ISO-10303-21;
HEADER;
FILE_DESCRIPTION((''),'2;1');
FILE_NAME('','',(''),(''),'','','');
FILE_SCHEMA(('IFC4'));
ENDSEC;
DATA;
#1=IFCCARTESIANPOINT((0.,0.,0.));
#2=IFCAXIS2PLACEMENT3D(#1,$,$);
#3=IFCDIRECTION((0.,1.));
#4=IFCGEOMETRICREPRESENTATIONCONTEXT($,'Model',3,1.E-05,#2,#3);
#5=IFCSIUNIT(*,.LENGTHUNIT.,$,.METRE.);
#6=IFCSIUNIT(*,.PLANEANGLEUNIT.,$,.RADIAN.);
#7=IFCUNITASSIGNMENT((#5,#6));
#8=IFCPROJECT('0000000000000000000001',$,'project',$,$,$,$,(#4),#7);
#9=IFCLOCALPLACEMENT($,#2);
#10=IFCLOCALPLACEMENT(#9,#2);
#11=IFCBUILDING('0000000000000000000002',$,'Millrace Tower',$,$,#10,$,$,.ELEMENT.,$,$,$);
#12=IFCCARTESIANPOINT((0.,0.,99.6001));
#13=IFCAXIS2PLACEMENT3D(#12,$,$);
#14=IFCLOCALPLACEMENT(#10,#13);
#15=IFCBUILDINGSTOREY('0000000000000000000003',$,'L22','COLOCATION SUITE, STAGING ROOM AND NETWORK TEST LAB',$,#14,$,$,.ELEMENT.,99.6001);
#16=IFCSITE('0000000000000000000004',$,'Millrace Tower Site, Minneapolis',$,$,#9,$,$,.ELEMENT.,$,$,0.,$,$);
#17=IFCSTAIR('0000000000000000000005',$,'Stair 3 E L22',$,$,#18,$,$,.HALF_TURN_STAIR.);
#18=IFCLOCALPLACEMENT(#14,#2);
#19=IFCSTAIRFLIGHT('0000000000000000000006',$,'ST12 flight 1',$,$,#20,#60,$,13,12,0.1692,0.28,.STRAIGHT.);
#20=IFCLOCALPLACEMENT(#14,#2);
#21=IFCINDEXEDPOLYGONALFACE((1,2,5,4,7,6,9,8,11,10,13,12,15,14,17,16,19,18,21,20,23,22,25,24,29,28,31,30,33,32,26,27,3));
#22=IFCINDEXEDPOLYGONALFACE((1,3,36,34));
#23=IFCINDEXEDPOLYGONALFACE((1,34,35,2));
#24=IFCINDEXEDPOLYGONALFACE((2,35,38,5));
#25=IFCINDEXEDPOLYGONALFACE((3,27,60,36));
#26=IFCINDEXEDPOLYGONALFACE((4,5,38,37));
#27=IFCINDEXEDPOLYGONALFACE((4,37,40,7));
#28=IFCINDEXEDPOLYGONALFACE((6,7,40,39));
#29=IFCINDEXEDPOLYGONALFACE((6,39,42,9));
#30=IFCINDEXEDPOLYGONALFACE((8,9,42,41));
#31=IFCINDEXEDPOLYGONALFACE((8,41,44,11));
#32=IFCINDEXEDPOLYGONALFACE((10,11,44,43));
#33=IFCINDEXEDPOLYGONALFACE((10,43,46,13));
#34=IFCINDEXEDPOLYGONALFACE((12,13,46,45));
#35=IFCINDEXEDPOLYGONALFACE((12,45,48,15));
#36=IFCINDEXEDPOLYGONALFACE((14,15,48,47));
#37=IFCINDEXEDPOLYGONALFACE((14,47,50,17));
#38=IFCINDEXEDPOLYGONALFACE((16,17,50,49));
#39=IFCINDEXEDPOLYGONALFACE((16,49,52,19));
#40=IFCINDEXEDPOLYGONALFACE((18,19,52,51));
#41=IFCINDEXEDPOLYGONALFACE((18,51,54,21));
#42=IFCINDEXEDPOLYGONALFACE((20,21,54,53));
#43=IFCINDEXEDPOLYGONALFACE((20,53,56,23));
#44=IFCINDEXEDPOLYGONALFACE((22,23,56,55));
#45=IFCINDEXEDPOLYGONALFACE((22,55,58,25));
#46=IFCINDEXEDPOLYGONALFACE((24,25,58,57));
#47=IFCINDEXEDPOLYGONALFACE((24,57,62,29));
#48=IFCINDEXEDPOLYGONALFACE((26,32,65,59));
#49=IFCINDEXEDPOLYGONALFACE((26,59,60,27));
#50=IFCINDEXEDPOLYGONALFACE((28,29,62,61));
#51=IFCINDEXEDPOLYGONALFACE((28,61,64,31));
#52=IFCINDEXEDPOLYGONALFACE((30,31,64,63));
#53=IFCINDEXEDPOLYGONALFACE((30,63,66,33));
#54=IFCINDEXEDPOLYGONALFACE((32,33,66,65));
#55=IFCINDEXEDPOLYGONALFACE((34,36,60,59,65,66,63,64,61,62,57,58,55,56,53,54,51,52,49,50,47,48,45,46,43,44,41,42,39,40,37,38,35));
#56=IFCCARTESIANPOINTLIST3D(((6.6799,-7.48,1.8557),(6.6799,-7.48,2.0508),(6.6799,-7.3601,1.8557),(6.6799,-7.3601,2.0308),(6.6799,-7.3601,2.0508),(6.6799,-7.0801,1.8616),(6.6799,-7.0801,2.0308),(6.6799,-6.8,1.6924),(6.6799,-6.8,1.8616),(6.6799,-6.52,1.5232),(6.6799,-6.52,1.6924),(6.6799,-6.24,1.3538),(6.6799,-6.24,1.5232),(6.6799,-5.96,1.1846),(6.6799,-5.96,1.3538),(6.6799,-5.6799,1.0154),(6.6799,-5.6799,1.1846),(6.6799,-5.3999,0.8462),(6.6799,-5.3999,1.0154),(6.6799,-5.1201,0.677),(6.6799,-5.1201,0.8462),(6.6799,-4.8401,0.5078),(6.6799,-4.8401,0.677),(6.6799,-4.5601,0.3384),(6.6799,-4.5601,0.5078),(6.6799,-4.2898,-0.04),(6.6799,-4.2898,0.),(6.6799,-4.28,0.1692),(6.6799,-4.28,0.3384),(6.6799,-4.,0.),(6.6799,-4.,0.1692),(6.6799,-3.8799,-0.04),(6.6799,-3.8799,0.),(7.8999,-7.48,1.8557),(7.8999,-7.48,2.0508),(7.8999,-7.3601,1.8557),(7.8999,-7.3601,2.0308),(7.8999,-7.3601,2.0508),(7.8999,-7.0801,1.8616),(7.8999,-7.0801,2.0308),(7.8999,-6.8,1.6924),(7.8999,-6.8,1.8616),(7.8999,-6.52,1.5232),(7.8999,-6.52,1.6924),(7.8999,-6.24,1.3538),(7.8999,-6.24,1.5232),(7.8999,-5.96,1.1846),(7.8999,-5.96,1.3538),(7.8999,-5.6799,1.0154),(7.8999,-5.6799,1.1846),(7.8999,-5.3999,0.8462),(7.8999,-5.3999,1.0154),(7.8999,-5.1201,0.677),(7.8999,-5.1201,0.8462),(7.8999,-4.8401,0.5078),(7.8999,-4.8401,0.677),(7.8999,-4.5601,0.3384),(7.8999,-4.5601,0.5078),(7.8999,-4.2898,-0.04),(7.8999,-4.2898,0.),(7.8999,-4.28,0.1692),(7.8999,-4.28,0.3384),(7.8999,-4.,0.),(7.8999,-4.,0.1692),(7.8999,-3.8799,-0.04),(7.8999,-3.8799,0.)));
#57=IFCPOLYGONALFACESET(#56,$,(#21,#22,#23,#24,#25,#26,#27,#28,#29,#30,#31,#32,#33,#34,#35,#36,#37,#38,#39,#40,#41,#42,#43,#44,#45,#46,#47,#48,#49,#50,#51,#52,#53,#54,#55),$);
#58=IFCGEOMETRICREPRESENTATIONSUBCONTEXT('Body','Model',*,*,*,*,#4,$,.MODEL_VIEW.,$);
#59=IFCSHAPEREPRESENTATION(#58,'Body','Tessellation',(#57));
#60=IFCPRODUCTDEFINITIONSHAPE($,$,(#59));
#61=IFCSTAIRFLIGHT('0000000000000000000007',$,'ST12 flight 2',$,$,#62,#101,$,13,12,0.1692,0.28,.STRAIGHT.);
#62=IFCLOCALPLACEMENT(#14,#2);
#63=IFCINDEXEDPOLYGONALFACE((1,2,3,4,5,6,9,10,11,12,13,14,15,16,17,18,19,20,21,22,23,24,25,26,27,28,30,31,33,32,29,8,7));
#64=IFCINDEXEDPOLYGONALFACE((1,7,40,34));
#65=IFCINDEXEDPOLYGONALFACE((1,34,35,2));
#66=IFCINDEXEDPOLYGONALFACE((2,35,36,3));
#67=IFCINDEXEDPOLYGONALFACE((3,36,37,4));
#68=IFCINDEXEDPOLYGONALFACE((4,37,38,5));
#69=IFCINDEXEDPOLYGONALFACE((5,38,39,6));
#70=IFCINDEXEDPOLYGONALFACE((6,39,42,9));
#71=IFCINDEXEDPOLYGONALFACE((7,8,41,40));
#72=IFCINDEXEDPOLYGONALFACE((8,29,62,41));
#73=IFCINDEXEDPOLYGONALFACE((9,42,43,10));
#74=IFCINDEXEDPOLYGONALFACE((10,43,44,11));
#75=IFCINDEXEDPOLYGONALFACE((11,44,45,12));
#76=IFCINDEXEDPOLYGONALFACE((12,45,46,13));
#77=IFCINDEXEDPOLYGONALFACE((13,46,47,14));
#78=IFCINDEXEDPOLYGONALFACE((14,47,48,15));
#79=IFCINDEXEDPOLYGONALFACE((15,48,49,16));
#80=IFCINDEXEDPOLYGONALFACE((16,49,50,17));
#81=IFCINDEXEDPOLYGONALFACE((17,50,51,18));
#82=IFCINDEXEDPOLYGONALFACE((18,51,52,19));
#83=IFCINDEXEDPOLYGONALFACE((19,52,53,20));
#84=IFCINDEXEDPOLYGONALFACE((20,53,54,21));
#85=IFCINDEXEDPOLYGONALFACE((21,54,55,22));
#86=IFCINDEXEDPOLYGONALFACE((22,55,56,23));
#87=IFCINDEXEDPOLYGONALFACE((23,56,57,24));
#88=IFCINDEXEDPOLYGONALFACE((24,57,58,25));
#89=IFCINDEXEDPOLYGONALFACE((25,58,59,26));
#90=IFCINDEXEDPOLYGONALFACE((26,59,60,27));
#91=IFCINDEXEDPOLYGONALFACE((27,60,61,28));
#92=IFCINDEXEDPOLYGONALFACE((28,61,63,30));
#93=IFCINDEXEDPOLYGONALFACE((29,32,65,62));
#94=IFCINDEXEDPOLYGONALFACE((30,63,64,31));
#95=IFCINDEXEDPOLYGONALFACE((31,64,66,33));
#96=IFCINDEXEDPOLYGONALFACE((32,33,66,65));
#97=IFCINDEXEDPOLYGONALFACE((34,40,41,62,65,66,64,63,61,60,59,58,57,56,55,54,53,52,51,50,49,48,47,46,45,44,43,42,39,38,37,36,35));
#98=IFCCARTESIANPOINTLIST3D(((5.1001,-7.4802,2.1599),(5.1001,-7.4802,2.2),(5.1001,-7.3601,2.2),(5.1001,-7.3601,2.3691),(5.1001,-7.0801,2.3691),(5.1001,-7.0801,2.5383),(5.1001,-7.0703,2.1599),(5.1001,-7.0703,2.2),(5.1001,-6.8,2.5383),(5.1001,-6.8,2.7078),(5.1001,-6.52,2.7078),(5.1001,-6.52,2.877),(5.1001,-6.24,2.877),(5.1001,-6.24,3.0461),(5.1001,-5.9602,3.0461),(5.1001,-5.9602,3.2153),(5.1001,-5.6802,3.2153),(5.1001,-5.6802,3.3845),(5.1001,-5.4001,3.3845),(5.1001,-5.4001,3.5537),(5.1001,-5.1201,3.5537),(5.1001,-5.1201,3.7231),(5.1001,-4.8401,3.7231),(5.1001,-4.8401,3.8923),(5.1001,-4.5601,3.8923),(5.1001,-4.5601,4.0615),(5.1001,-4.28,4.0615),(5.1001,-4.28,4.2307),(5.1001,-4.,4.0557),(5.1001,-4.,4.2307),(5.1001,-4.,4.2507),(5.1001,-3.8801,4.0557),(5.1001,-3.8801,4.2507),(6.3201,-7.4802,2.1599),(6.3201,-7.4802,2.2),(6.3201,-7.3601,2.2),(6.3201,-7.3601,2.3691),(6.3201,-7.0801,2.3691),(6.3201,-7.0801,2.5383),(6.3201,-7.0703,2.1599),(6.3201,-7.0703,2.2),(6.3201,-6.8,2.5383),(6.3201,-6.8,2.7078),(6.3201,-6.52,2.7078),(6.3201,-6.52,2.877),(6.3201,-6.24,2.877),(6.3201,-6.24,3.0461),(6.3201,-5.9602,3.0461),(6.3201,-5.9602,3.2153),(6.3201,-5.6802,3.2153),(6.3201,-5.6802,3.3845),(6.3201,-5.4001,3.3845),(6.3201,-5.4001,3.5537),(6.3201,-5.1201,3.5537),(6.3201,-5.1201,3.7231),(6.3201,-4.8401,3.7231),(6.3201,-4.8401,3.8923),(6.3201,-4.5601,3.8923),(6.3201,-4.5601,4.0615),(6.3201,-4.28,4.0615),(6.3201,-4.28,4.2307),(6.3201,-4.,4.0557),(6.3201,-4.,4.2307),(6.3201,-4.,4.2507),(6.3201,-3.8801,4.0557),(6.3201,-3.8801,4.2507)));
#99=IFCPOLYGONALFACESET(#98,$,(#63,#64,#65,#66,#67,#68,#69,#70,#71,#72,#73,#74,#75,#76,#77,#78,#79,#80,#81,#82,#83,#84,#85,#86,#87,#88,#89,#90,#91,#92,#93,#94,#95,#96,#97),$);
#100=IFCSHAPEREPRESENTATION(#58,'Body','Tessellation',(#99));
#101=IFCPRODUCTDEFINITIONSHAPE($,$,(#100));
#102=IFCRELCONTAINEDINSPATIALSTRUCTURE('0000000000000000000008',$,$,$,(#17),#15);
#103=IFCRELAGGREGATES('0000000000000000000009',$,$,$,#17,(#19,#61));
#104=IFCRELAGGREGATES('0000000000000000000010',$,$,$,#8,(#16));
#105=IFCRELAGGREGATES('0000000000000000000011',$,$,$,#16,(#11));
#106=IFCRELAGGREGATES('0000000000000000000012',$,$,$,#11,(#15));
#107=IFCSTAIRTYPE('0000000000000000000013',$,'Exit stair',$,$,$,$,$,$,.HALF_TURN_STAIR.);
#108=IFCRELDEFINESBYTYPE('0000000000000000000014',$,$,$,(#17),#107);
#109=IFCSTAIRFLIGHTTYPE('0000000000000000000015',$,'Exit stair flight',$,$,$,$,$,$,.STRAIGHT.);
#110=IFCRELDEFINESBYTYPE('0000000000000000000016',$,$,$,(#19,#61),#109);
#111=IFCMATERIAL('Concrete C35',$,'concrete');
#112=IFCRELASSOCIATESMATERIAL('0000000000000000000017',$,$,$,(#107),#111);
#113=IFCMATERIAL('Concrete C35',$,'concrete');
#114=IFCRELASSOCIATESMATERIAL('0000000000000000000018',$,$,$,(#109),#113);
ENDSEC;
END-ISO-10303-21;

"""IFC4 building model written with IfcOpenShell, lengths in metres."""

from ifc_helpers import new_model, si_unit, direction, frame, origin, place, context, subcontext, project, spatial, polyline, outline, extrude, material, type_object, element, aggregate, save


model = new_model("IFC4")

# Units and contexts
model_context = context("Model", 3, precision=1e-05, world=origin(), true_north=direction((0.0, 1.0)))
body_context = subcontext(model_context, "Body", "Model", "MODEL_VIEW")
ifc_project = project(units=[si_unit("LENGTHUNIT", "METRE"), si_unit("PLANEANGLEUNIT", "RADIAN")], contexts=[model_context])

# Site, building, storey
site_placement = place(None, origin())
site = spatial("IfcSite", under=ifc_project, at=site_placement, Name="Millrace Tower Site, Minneapolis", CompositionType="ELEMENT", RefElevation=0.0)
building_placement = place(site_placement, origin())
building = spatial("IfcBuilding", under=site, at=building_placement, Name="Millrace Tower", CompositionType="ELEMENT")
storey_placement = place(building_placement, frame((0.0, 0.0, 99.6001)))
storey = spatial("IfcBuildingStorey", under=building, at=storey_placement, Name="L22", Description="COLOCATION SUITE, STAGING ROOM AND NETWORK TEST LAB", CompositionType="ELEMENT", Elevation=99.6001)

# Shared definitions
placement_1 = place(storey_placement, origin())

# Stair, stair flights
ifc_material_1 = material(Name="Concrete C35", Category="concrete")
stair_type = type_object("IfcStairType", Name="Exit stair", PredefinedType="HALF_TURN_STAIR", material=ifc_material_1)
ifc_material_2 = material(Name="Concrete C35", Category="concrete")
stair_flight_type = type_object("IfcStairFlightType", Name="Exit stair flight", PredefinedType="STRAIGHT", material=ifc_material_2)
stair_1 = element("IfcStair", 1, at=placement_1, inside=storey, type_object=stair_type, Name="Stair 3 E L22", PredefinedType="HALF_TURN_STAIR")
stair_flight_1_placement = place(storey_placement, frame((7.29, -4.0, 0.0), z_axis=(0.0, 0.0, 1.0), x_axis=(0.0, -1.0, 0.0)))
stair_flight_1 = element("IfcStairFlight", 2, at=stair_flight_1_placement, type_object=stair_flight_type, Name="ST12 flight 1", NumberOfRisers=13, NumberOfTreads=12, PredefinedType="STRAIGHT", RiserHeight=0.1692, TreadLength=0.28, context=body_context, shape_type="SweptSolid", body=[
    extrude(outline(polyline([(-0.1201, -0.04), (-0.1201, 0.0), (0.0, 0.0), (0.0, 0.1692), (0.28, 0.1692), (0.28, 0.3384), (0.5601, 0.3384), (0.5601, 0.5078), (0.8401, 0.5078), (0.8401, 0.677), (1.1201, 0.677), (1.1201, 0.8462), (1.3999, 0.8462), (1.3999, 1.0154), (1.6799, 1.0154), (1.6799, 1.1846), (1.96, 1.1846), (1.96, 1.3538), (2.24, 1.3538), (2.24, 1.5232), (2.52, 1.5232), (2.52, 1.6924), (2.8, 1.6924), (2.8, 1.8616), (3.0801, 1.8616), (3.0801, 2.0308), (3.3601, 2.0308), (3.3601, 2.0508), (3.48, 2.0508), (3.48, 1.8557), (3.3601, 1.8557), (0.2898, 0.0), (0.2898, -0.04), (-0.1201, -0.04)])), frame((0.0, 0.6099, 0.0), z_axis=(0.0, -1.0, 0.0), x_axis=(1.0, 0.0, 0.0)), (0.0, 0.0, 1.0), 1.22),
])
stair_flight_2_placement = place(storey_placement, frame((5.71, -7.3601, 2.2), z_axis=(0.0, 0.0, 1.0), x_axis=(0.0, 1.0, 0.0)))
stair_flight_2 = element("IfcStairFlight", 3, at=stair_flight_2_placement, type_object=stair_flight_type, Name="ST12 flight 2", NumberOfRisers=13, NumberOfTreads=12, PredefinedType="STRAIGHT", RiserHeight=0.1692, TreadLength=0.28, context=body_context, shape_type="SweptSolid", body=[
    extrude(outline(polyline([(-0.1201, -0.04), (-0.1201, 0.0), (0.0, 0.0), (0.0, 0.1692), (0.28, 0.1692), (0.28, 0.3384), (0.5601, 0.3384), (0.5601, 0.5078), (0.8401, 0.5078), (0.8401, 0.677), (1.1201, 0.677), (1.1201, 0.8462), (1.3999, 0.8462), (1.3999, 1.0154), (1.6799, 1.0154), (1.6799, 1.1846), (1.96, 1.1846), (1.96, 1.3538), (2.24, 1.3538), (2.24, 1.5232), (2.52, 1.5232), (2.52, 1.6924), (2.8, 1.6924), (2.8, 1.8616), (3.0801, 1.8616), (3.0801, 2.0308), (3.3601, 2.0308), (3.3601, 2.0508), (3.48, 2.0508), (3.48, 1.8557), (3.3601, 1.8557), (0.2898, 0.0), (0.2898, -0.04), (-0.1201, -0.04)])), frame((0.0, 0.6099, 0.0), z_axis=(0.0, -1.0, 0.0), x_axis=(1.0, 0.0, 0.0)), (0.0, 0.0, 1.0), 1.22),
])
aggregate(stair_1, [stair_flight_1, stair_flight_2])

save(model, "model.ifc")
